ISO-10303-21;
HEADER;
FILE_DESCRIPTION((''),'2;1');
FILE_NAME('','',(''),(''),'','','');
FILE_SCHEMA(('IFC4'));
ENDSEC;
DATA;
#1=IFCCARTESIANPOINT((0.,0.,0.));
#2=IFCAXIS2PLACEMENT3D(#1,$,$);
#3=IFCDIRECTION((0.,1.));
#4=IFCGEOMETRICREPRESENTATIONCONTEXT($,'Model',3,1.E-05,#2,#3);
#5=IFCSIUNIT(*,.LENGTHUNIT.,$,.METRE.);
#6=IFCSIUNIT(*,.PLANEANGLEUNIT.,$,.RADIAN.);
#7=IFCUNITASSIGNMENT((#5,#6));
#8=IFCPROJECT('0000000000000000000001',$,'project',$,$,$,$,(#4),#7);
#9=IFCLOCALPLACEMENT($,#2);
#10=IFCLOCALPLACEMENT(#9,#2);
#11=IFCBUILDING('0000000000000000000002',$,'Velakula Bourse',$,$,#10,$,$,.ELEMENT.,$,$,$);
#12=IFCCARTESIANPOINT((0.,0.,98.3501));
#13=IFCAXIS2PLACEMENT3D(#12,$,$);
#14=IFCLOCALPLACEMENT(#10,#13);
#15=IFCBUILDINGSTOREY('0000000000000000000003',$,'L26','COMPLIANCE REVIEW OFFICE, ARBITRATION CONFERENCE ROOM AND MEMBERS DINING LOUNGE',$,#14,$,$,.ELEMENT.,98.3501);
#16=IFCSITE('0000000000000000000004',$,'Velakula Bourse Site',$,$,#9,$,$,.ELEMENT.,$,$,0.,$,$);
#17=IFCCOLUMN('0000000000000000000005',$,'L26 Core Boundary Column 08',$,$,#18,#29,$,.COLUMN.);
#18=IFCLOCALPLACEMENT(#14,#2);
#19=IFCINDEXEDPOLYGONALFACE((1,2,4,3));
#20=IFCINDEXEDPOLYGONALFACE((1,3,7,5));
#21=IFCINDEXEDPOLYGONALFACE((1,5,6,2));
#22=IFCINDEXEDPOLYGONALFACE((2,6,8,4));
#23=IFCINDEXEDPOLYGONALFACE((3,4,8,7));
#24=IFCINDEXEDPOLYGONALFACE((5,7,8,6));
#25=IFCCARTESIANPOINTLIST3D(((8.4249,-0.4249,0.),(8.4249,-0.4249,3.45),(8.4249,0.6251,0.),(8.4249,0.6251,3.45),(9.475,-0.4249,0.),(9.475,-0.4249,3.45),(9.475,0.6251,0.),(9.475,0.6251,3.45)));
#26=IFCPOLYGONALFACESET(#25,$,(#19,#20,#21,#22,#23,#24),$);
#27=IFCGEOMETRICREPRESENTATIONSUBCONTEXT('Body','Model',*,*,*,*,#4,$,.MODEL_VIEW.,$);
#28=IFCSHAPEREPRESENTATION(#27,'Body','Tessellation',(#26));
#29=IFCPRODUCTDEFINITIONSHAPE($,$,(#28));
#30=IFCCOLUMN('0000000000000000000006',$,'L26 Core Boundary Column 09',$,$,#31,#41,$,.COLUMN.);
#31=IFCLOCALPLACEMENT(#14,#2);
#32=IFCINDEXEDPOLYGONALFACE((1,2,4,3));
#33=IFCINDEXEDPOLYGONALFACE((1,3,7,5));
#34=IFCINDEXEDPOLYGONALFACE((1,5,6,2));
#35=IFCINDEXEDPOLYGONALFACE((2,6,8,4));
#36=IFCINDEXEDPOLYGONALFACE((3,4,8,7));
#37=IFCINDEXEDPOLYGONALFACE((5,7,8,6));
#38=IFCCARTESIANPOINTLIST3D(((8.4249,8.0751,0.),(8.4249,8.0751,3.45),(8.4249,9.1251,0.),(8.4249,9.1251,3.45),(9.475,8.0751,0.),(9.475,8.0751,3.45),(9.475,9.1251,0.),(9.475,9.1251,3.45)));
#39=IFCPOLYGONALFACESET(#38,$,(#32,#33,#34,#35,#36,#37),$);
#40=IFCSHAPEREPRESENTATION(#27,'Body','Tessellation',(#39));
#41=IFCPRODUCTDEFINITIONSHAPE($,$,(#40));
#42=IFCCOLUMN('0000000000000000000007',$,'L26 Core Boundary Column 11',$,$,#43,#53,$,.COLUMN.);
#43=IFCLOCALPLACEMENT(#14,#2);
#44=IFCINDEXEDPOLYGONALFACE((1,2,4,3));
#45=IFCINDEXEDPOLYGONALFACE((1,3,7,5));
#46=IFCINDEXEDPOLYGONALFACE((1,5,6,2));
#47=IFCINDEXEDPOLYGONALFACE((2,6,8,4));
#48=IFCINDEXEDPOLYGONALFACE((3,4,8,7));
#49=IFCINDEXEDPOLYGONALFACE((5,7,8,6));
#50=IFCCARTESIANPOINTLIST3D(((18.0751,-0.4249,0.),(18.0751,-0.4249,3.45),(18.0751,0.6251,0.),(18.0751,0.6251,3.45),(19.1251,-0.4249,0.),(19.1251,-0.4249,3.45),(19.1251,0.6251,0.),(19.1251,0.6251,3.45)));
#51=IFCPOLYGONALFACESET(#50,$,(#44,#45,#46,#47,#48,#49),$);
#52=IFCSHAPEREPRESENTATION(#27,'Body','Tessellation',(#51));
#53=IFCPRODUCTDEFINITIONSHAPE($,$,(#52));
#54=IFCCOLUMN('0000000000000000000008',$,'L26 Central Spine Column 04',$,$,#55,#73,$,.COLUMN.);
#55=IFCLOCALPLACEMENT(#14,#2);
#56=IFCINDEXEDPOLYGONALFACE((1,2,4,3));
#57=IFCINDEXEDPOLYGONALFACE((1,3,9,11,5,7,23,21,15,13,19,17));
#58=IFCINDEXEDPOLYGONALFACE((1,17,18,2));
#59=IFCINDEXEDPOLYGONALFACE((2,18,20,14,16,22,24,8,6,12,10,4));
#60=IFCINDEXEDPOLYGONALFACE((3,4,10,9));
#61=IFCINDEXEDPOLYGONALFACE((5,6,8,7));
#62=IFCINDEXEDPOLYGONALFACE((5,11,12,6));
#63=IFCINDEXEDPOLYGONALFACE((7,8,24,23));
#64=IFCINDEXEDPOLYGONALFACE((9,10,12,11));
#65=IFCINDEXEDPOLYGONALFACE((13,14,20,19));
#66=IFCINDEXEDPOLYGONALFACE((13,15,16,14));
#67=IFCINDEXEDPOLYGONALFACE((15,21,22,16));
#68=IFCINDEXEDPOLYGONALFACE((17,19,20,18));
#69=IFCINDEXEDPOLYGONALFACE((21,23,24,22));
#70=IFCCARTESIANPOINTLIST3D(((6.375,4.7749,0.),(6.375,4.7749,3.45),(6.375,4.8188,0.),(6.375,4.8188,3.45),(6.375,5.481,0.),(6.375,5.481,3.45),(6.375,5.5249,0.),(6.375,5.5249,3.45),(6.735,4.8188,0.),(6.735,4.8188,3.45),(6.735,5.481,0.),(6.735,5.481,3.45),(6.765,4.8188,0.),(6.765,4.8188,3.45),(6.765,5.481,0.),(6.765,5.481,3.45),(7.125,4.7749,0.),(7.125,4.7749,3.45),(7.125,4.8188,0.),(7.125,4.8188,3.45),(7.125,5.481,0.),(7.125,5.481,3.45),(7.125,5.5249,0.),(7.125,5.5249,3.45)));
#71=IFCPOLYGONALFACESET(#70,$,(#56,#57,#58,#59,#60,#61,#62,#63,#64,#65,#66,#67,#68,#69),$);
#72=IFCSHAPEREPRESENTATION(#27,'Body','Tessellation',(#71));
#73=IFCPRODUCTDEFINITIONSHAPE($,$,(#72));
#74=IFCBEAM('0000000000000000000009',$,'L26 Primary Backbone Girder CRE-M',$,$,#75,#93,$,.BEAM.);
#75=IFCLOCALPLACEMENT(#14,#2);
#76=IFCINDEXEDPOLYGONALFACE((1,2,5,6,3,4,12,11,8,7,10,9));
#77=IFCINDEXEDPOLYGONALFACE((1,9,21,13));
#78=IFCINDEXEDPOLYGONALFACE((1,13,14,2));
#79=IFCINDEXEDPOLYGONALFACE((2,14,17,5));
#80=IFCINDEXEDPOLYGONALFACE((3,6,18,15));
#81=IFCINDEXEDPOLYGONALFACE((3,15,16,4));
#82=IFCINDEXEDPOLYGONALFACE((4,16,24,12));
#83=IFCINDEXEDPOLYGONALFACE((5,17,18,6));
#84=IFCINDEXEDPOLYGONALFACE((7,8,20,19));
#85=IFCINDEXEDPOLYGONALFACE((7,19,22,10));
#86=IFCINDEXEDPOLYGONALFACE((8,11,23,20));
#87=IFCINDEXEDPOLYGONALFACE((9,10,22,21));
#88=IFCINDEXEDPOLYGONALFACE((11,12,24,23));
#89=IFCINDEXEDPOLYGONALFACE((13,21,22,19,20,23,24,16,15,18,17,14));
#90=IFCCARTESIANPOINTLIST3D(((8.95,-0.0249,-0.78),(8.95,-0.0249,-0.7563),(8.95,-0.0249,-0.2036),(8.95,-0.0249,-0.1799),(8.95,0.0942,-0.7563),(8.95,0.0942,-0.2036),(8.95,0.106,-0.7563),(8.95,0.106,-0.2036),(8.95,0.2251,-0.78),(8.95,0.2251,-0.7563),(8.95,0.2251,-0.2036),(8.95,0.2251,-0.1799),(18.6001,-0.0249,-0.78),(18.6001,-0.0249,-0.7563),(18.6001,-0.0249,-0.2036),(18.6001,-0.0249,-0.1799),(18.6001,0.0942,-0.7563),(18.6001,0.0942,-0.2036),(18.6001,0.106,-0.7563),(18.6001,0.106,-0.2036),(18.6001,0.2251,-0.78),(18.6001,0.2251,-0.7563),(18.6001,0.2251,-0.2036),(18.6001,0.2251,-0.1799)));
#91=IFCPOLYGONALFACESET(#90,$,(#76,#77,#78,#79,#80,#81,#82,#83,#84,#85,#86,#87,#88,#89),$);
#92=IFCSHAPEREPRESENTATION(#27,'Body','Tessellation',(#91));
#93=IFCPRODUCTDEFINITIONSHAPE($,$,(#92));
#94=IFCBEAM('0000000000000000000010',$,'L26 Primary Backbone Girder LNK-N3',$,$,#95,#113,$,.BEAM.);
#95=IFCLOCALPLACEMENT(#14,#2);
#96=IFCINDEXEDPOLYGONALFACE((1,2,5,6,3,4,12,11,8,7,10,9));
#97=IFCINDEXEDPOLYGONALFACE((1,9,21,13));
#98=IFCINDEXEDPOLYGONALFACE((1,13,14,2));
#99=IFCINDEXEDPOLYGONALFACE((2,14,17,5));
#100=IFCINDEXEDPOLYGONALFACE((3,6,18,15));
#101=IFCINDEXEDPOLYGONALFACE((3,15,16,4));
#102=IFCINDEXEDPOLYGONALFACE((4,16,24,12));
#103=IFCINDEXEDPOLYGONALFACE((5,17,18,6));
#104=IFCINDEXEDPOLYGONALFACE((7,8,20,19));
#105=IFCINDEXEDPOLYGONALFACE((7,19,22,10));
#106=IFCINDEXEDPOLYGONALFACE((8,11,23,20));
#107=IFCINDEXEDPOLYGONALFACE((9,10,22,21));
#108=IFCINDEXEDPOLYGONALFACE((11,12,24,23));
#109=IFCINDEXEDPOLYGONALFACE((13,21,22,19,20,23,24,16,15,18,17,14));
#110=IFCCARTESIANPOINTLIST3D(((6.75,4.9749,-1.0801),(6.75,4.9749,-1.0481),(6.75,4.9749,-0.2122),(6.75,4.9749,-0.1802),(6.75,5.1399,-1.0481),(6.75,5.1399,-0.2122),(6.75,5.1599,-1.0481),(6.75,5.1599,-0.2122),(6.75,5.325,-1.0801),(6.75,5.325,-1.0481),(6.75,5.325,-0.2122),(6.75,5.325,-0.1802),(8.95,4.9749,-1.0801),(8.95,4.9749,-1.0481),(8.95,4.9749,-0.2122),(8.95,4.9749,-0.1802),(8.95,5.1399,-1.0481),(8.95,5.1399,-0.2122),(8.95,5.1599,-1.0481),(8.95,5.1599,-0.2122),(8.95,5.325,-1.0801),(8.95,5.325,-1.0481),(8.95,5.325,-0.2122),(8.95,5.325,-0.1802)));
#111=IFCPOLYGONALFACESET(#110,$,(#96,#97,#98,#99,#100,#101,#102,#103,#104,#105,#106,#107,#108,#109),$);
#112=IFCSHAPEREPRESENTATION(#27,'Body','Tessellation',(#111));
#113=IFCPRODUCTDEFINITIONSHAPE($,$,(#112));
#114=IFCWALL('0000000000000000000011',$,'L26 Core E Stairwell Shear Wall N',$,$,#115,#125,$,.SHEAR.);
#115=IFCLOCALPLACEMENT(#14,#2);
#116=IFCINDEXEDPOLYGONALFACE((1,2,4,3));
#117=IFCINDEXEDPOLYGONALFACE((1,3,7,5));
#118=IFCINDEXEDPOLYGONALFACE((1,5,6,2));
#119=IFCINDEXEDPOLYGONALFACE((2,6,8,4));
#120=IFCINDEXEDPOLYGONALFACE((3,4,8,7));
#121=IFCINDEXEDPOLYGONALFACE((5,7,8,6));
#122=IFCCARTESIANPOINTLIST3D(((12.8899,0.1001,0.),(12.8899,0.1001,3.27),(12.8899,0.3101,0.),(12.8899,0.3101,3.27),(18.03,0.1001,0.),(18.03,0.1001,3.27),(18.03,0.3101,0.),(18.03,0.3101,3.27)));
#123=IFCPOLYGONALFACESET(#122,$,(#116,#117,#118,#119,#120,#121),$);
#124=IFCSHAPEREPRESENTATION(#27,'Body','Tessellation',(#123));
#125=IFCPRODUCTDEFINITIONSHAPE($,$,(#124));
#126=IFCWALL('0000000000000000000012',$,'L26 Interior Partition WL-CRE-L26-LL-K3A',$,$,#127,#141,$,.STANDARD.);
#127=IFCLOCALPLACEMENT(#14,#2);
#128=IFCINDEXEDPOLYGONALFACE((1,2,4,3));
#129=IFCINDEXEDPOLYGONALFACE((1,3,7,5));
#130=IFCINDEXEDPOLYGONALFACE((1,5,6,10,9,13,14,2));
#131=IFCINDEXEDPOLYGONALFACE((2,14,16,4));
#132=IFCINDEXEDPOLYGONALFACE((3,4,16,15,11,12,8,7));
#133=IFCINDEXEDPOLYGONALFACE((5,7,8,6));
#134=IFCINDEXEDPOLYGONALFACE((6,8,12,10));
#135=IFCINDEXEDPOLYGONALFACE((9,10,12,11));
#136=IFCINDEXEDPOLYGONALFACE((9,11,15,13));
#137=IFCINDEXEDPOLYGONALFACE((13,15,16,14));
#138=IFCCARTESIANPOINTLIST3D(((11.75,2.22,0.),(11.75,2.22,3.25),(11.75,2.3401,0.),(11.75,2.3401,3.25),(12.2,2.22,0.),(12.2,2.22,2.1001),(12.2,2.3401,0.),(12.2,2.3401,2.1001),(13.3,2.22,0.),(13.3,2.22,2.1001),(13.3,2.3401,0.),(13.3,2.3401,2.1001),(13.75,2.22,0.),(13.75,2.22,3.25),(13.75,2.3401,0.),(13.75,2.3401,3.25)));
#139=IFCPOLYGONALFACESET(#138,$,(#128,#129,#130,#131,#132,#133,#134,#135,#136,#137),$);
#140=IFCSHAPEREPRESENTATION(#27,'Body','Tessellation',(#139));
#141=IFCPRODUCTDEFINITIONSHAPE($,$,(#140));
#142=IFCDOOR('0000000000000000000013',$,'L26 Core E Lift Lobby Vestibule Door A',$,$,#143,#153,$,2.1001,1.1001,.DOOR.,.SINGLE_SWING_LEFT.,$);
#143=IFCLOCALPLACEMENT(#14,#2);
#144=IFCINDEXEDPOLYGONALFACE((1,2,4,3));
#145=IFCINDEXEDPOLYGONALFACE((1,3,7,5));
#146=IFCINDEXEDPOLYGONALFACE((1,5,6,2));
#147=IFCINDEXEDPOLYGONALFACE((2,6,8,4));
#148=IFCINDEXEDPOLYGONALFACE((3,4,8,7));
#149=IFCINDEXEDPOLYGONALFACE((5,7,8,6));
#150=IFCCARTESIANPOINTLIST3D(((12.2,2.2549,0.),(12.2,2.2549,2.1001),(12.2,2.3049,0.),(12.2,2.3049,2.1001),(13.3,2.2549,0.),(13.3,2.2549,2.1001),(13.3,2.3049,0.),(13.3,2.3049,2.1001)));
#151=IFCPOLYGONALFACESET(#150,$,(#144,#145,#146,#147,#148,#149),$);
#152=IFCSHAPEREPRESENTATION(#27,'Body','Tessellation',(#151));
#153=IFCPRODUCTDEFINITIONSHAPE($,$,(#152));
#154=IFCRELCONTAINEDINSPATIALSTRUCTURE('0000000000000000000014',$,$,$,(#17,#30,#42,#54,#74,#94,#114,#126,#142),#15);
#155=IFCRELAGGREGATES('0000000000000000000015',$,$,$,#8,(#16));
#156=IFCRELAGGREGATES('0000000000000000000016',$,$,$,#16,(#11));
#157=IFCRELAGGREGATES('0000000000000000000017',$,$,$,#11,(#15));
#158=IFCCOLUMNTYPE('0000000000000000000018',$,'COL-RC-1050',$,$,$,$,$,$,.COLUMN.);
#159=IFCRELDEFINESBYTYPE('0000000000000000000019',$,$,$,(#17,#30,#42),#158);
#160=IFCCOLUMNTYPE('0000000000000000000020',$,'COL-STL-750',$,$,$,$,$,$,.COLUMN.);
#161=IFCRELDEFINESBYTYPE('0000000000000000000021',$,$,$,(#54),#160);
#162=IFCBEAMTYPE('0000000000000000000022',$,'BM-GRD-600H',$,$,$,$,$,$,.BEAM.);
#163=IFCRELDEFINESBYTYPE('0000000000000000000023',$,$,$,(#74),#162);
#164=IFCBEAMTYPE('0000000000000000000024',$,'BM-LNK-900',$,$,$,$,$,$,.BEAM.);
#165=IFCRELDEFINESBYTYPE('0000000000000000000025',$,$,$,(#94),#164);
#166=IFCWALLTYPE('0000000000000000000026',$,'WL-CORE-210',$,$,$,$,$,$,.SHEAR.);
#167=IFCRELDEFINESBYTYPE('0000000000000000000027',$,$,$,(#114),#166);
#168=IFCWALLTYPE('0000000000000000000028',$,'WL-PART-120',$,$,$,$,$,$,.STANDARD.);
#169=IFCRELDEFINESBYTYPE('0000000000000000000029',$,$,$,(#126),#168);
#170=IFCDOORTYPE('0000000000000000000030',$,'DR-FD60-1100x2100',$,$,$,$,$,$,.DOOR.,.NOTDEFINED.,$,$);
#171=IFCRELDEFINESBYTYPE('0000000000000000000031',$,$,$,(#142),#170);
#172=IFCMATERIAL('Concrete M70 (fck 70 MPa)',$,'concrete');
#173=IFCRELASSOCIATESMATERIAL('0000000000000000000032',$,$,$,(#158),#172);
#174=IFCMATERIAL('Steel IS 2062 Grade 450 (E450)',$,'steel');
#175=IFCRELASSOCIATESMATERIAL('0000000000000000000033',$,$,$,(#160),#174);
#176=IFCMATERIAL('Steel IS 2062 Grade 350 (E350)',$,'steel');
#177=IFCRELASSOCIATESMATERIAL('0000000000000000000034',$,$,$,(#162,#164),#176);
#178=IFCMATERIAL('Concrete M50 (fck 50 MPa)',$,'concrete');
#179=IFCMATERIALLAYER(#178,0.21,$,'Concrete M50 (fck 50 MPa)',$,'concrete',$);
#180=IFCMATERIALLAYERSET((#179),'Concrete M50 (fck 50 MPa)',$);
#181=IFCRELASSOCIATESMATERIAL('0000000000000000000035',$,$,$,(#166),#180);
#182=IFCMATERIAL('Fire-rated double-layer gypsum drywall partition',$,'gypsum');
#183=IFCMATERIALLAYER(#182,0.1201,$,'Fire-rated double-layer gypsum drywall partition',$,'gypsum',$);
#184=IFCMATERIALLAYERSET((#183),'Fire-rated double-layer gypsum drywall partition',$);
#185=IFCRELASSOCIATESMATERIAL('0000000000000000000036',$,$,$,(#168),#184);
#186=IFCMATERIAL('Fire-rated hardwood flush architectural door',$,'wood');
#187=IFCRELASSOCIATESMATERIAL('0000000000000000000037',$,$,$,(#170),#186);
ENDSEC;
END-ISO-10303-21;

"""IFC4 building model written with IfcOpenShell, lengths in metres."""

from ifc_helpers import new_model, si_unit, direction, frame, frame_2d, origin, origin_2d, place, context, subcontext, project, spatial, rectangle, i_section, extrude, material, layer, layer_set, material_profile, profile_set, type_object, element, fill, save


model = new_model("IFC4")

# Units and contexts
model_context = context("Model", 3, precision=1e-05, world=origin(), true_north=direction((0.0, 1.0)))
body_context = subcontext(model_context, "Body", "Model", "MODEL_VIEW")
ifc_project = project(units=[si_unit("LENGTHUNIT", "METRE"), si_unit("PLANEANGLEUNIT", "RADIAN")], contexts=[model_context])

# Site, building, storey
site_placement = place(None, origin())
site = spatial("IfcSite", under=ifc_project, at=site_placement, Name="Velakula Bourse Site", CompositionType="ELEMENT", RefElevation=0.0)
building_placement = place(site_placement, origin())
building = spatial("IfcBuilding", under=site, at=building_placement, Name="Velakula Bourse", CompositionType="ELEMENT")
storey_placement = place(building_placement, frame((0.0, 0.0, 98.3501)))
storey = spatial("IfcBuildingStorey", under=building, at=storey_placement, Name="L26", Description="COMPLIANCE REVIEW OFFICE, ARBITRATION CONFERENCE ROOM AND MEMBERS DINING LOUNGE", CompositionType="ELEMENT", Elevation=98.3501)

# Columns
ifc_material_1 = material(Name="Concrete M70 (fck 70 MPa)", Category="concrete")
ifc_material_profile_1 = material_profile(ifc_material_1, rectangle(XDim=1.05, YDim=1.05, at=origin_2d()), Name="Concrete M70 (fck 70 MPa)")
ifc_profile_set_1 = profile_set([ifc_material_profile_1], Name="Concrete M70 (fck 70 MPa)")
column_type_1 = type_object("IfcColumnType", Name="COL-RC-1050", PredefinedType="COLUMN", material=ifc_profile_set_1)
for number, where, z_axis, x_axis, name in (
    (1, (8.95, 0.1001, 0.0), (0.0, 0.0, 1.0), (1.0, 0.0, 0.0), "L26 Core Boundary Column 08"),
    (2, (8.95, 8.6001, 0.0), (0.0, 0.0, 1.0), (1.0, 0.0, 0.0), "L26 Core Boundary Column 09"),
    (3, (18.6001, 0.1001, 0.0), (0.0, 0.0, 1.0), (1.0, 0.0, 0.0), "L26 Core Boundary Column 11"),
):
    element("IfcColumn", number, at=place(storey_placement, frame(where, z_axis=z_axis, x_axis=x_axis)), inside=storey, type_object=column_type_1, Name=name, PredefinedType="COLUMN", context=body_context, shape_type="SweptSolid", body=[
        extrude(rectangle(XDim=1.05, YDim=1.05, at=origin_2d()), origin(), (0.0, 0.0, 1.0), 3.45),
    ])
ifc_material_2 = material(Name="Steel IS 2062 Grade 450 (E450)", Category="steel")
ifc_material_profile_2 = material_profile(ifc_material_2, i_section(OverallWidth=0.75, OverallDepth=0.75, WebThickness=0.03, FlangeThickness=0.0439, at=origin_2d()), Name="Steel IS 2062 Grade 450 (E450)")
ifc_profile_set_2 = profile_set([ifc_material_profile_2], Name="Steel IS 2062 Grade 450 (E450)")
column_type_2 = type_object("IfcColumnType", Name="COL-STL-750", PredefinedType="COLUMN", material=ifc_profile_set_2)
column_placement = place(storey_placement, frame((6.75, 5.1499, 0.0), z_axis=(0.0, 0.0, 1.0), x_axis=(1.0, 0.0, 0.0)))
element("IfcColumn", 4, at=column_placement, inside=storey, type_object=column_type_2, Name="L26 Central Spine Column 04", PredefinedType="COLUMN", context=body_context, shape_type="SweptSolid", body=[
    extrude(i_section(OverallWidth=0.75, OverallDepth=0.75, WebThickness=0.03, FlangeThickness=0.0439, at=origin_2d()), origin(), (0.0, 0.0, 1.0), 3.45),
])

# Beams
ifc_material_3 = material(Name="Steel IS 2062 Grade 350 (E350)", Category="steel")
ifc_material_profile_3 = material_profile(ifc_material_3, i_section(OverallWidth=0.25, OverallDepth=0.6001, WebThickness=0.0117, FlangeThickness=0.0237, at=origin_2d()), Name="Steel IS 2062 Grade 350 (E350)")
ifc_profile_set_3 = profile_set([ifc_material_profile_3], Name="Steel IS 2062 Grade 350 (E350)")
beam_type_1 = type_object("IfcBeamType", Name="BM-GRD-600H", PredefinedType="BEAM", material=ifc_profile_set_3)
beam_1_placement = place(storey_placement, frame((8.95, 0.1001, -0.48), z_axis=(1.0, 0.0, 0.0), x_axis=(0.0, 1.0, 0.0)))
element("IfcBeam", 5, at=beam_1_placement, inside=storey, type_object=beam_type_1, Name="L26 Primary Backbone Girder CRE-M", PredefinedType="BEAM", context=body_context, shape_type="SweptSolid", body=[
    extrude(i_section(OverallWidth=0.25, OverallDepth=0.6001, WebThickness=0.0117, FlangeThickness=0.0237, at=origin_2d()), origin(), (0.0, 0.0, 1.0), 9.6501),
])
ifc_material_profile_4 = material_profile(ifc_material_3, i_section(OverallWidth=0.3501, OverallDepth=0.8999, WebThickness=0.02, FlangeThickness=0.032, at=origin_2d()), Name="Steel IS 2062 Grade 350 (E350)")
ifc_profile_set_4 = profile_set([ifc_material_profile_4], Name="Steel IS 2062 Grade 350 (E350)")
beam_type_2 = type_object("IfcBeamType", Name="BM-LNK-900", PredefinedType="BEAM", material=ifc_profile_set_4)
beam_2_placement = place(storey_placement, frame((6.75, 5.1499, -0.6301), z_axis=(1.0, 0.0, 0.0), x_axis=(0.0, 1.0, 0.0)))
element("IfcBeam", 6, at=beam_2_placement, inside=storey, type_object=beam_type_2, Name="L26 Primary Backbone Girder LNK-N3", PredefinedType="BEAM", context=body_context, shape_type="SweptSolid", body=[
    extrude(i_section(OverallWidth=0.3501, OverallDepth=0.8999, WebThickness=0.02, FlangeThickness=0.032, at=origin_2d()), origin(), (0.0, 0.0, 1.0), 2.2),
])

# Wall
ifc_material_4 = material(Name="Concrete M50 (fck 50 MPa)", Category="concrete")
ifc_layer_1 = layer(ifc_material_4, 0.21, Name="Concrete M50 (fck 50 MPa)", Category="concrete")
ifc_layer_set_1 = layer_set([ifc_layer_1], Name="Concrete M50 (fck 50 MPa)")
wall_type_1 = type_object("IfcWallType", Name="WL-CORE-210", PredefinedType="SHEAR", material=ifc_layer_set_1)
wall_1_placement = place(storey_placement, frame((18.03, 0.2051, 0.0), z_axis=(0.0, 0.0, 1.0), x_axis=(-1.0, 0.0, 0.0)))
element("IfcWall", 7, at=wall_1_placement, inside=storey, type_object=wall_type_1, Name="L26 Core E Stairwell Shear Wall N", PredefinedType="SHEAR", context=body_context, shape_type="SweptSolid", body=[
    extrude(rectangle(XDim=5.1401, YDim=0.21, at=frame_2d((2.5701, 0.0))), origin(), (0.0, 0.0, 1.0), 3.27),
])

# Wall, opening, door
ifc_material_5 = material(Name="Fire-rated double-layer gypsum drywall partition", Category="gypsum")
ifc_layer_2 = layer(ifc_material_5, 0.1201, Name="Fire-rated double-layer gypsum drywall partition", Category="gypsum")
ifc_layer_set_2 = layer_set([ifc_layer_2], Name="Fire-rated double-layer gypsum drywall partition")
wall_type_2 = type_object("IfcWallType", Name="WL-PART-120", PredefinedType="STANDARD", material=ifc_layer_set_2)
wall_2_placement = place(storey_placement, frame((11.75, 2.28, 0.0), z_axis=(0.0, 0.0, 1.0), x_axis=(1.0, 0.0, 0.0)))
wall_2 = element("IfcWall", 8, at=wall_2_placement, inside=storey, type_object=wall_type_2, Name="L26 Interior Partition WL-CRE-L26-LL-K3A", PredefinedType="STANDARD", context=body_context, shape_type="SweptSolid", body=[
    extrude(rectangle(XDim=2.0, YDim=0.1201, at=frame_2d((1.0, 0.0))), origin(), (0.0, 0.0, 1.0), 3.25),
])
opening_1_placement = place(wall_2_placement, frame((0.45, 0.0, 0.0)))
opening_1 = element("IfcOpeningElement", 9, at=opening_1_placement, cuts=wall_2, PredefinedType="OPENING", context=body_context, shape_type="SweptSolid", body=[
    extrude(rectangle(XDim=1.1001, YDim=2.1001, at=frame_2d((0.55, 1.05))), frame((0.0, 0.0701, 0.0), z_axis=(0.0, -1.0, 0.0), x_axis=(1.0, 0.0, 0.0)), (0.0, 0.0, 1.0), 0.1401),
])
ifc_material_6 = material(Name="Fire-rated hardwood flush architectural door", Category="wood")
door_type_1 = type_object("IfcDoorType", Name="DR-FD60-1100x2100", OperationType="NOTDEFINED", PredefinedType="DOOR", material=ifc_material_6)
door_1_placement = place(opening_1_placement, origin())
door_1 = element("IfcDoor", 10, at=door_1_placement, inside=storey, type_object=door_type_1, Name="L26 Core E Lift Lobby Vestibule Door A", OperationType="SINGLE_SWING_LEFT", OverallHeight=2.1001, OverallWidth=1.1001, PredefinedType="DOOR", context=body_context, shape_type="SweptSolid", body=[
    extrude(rectangle(XDim=1.1001, YDim=2.1001, at=frame_2d((0.55, 1.05))), frame((0.0, 0.0249, 0.0), z_axis=(0.0, -1.0, 0.0), x_axis=(1.0, 0.0, 0.0)), (0.0, 0.0, 1.0), 0.05),
])
fill(opening_1, door_1)

save(model, "model.ifc")
